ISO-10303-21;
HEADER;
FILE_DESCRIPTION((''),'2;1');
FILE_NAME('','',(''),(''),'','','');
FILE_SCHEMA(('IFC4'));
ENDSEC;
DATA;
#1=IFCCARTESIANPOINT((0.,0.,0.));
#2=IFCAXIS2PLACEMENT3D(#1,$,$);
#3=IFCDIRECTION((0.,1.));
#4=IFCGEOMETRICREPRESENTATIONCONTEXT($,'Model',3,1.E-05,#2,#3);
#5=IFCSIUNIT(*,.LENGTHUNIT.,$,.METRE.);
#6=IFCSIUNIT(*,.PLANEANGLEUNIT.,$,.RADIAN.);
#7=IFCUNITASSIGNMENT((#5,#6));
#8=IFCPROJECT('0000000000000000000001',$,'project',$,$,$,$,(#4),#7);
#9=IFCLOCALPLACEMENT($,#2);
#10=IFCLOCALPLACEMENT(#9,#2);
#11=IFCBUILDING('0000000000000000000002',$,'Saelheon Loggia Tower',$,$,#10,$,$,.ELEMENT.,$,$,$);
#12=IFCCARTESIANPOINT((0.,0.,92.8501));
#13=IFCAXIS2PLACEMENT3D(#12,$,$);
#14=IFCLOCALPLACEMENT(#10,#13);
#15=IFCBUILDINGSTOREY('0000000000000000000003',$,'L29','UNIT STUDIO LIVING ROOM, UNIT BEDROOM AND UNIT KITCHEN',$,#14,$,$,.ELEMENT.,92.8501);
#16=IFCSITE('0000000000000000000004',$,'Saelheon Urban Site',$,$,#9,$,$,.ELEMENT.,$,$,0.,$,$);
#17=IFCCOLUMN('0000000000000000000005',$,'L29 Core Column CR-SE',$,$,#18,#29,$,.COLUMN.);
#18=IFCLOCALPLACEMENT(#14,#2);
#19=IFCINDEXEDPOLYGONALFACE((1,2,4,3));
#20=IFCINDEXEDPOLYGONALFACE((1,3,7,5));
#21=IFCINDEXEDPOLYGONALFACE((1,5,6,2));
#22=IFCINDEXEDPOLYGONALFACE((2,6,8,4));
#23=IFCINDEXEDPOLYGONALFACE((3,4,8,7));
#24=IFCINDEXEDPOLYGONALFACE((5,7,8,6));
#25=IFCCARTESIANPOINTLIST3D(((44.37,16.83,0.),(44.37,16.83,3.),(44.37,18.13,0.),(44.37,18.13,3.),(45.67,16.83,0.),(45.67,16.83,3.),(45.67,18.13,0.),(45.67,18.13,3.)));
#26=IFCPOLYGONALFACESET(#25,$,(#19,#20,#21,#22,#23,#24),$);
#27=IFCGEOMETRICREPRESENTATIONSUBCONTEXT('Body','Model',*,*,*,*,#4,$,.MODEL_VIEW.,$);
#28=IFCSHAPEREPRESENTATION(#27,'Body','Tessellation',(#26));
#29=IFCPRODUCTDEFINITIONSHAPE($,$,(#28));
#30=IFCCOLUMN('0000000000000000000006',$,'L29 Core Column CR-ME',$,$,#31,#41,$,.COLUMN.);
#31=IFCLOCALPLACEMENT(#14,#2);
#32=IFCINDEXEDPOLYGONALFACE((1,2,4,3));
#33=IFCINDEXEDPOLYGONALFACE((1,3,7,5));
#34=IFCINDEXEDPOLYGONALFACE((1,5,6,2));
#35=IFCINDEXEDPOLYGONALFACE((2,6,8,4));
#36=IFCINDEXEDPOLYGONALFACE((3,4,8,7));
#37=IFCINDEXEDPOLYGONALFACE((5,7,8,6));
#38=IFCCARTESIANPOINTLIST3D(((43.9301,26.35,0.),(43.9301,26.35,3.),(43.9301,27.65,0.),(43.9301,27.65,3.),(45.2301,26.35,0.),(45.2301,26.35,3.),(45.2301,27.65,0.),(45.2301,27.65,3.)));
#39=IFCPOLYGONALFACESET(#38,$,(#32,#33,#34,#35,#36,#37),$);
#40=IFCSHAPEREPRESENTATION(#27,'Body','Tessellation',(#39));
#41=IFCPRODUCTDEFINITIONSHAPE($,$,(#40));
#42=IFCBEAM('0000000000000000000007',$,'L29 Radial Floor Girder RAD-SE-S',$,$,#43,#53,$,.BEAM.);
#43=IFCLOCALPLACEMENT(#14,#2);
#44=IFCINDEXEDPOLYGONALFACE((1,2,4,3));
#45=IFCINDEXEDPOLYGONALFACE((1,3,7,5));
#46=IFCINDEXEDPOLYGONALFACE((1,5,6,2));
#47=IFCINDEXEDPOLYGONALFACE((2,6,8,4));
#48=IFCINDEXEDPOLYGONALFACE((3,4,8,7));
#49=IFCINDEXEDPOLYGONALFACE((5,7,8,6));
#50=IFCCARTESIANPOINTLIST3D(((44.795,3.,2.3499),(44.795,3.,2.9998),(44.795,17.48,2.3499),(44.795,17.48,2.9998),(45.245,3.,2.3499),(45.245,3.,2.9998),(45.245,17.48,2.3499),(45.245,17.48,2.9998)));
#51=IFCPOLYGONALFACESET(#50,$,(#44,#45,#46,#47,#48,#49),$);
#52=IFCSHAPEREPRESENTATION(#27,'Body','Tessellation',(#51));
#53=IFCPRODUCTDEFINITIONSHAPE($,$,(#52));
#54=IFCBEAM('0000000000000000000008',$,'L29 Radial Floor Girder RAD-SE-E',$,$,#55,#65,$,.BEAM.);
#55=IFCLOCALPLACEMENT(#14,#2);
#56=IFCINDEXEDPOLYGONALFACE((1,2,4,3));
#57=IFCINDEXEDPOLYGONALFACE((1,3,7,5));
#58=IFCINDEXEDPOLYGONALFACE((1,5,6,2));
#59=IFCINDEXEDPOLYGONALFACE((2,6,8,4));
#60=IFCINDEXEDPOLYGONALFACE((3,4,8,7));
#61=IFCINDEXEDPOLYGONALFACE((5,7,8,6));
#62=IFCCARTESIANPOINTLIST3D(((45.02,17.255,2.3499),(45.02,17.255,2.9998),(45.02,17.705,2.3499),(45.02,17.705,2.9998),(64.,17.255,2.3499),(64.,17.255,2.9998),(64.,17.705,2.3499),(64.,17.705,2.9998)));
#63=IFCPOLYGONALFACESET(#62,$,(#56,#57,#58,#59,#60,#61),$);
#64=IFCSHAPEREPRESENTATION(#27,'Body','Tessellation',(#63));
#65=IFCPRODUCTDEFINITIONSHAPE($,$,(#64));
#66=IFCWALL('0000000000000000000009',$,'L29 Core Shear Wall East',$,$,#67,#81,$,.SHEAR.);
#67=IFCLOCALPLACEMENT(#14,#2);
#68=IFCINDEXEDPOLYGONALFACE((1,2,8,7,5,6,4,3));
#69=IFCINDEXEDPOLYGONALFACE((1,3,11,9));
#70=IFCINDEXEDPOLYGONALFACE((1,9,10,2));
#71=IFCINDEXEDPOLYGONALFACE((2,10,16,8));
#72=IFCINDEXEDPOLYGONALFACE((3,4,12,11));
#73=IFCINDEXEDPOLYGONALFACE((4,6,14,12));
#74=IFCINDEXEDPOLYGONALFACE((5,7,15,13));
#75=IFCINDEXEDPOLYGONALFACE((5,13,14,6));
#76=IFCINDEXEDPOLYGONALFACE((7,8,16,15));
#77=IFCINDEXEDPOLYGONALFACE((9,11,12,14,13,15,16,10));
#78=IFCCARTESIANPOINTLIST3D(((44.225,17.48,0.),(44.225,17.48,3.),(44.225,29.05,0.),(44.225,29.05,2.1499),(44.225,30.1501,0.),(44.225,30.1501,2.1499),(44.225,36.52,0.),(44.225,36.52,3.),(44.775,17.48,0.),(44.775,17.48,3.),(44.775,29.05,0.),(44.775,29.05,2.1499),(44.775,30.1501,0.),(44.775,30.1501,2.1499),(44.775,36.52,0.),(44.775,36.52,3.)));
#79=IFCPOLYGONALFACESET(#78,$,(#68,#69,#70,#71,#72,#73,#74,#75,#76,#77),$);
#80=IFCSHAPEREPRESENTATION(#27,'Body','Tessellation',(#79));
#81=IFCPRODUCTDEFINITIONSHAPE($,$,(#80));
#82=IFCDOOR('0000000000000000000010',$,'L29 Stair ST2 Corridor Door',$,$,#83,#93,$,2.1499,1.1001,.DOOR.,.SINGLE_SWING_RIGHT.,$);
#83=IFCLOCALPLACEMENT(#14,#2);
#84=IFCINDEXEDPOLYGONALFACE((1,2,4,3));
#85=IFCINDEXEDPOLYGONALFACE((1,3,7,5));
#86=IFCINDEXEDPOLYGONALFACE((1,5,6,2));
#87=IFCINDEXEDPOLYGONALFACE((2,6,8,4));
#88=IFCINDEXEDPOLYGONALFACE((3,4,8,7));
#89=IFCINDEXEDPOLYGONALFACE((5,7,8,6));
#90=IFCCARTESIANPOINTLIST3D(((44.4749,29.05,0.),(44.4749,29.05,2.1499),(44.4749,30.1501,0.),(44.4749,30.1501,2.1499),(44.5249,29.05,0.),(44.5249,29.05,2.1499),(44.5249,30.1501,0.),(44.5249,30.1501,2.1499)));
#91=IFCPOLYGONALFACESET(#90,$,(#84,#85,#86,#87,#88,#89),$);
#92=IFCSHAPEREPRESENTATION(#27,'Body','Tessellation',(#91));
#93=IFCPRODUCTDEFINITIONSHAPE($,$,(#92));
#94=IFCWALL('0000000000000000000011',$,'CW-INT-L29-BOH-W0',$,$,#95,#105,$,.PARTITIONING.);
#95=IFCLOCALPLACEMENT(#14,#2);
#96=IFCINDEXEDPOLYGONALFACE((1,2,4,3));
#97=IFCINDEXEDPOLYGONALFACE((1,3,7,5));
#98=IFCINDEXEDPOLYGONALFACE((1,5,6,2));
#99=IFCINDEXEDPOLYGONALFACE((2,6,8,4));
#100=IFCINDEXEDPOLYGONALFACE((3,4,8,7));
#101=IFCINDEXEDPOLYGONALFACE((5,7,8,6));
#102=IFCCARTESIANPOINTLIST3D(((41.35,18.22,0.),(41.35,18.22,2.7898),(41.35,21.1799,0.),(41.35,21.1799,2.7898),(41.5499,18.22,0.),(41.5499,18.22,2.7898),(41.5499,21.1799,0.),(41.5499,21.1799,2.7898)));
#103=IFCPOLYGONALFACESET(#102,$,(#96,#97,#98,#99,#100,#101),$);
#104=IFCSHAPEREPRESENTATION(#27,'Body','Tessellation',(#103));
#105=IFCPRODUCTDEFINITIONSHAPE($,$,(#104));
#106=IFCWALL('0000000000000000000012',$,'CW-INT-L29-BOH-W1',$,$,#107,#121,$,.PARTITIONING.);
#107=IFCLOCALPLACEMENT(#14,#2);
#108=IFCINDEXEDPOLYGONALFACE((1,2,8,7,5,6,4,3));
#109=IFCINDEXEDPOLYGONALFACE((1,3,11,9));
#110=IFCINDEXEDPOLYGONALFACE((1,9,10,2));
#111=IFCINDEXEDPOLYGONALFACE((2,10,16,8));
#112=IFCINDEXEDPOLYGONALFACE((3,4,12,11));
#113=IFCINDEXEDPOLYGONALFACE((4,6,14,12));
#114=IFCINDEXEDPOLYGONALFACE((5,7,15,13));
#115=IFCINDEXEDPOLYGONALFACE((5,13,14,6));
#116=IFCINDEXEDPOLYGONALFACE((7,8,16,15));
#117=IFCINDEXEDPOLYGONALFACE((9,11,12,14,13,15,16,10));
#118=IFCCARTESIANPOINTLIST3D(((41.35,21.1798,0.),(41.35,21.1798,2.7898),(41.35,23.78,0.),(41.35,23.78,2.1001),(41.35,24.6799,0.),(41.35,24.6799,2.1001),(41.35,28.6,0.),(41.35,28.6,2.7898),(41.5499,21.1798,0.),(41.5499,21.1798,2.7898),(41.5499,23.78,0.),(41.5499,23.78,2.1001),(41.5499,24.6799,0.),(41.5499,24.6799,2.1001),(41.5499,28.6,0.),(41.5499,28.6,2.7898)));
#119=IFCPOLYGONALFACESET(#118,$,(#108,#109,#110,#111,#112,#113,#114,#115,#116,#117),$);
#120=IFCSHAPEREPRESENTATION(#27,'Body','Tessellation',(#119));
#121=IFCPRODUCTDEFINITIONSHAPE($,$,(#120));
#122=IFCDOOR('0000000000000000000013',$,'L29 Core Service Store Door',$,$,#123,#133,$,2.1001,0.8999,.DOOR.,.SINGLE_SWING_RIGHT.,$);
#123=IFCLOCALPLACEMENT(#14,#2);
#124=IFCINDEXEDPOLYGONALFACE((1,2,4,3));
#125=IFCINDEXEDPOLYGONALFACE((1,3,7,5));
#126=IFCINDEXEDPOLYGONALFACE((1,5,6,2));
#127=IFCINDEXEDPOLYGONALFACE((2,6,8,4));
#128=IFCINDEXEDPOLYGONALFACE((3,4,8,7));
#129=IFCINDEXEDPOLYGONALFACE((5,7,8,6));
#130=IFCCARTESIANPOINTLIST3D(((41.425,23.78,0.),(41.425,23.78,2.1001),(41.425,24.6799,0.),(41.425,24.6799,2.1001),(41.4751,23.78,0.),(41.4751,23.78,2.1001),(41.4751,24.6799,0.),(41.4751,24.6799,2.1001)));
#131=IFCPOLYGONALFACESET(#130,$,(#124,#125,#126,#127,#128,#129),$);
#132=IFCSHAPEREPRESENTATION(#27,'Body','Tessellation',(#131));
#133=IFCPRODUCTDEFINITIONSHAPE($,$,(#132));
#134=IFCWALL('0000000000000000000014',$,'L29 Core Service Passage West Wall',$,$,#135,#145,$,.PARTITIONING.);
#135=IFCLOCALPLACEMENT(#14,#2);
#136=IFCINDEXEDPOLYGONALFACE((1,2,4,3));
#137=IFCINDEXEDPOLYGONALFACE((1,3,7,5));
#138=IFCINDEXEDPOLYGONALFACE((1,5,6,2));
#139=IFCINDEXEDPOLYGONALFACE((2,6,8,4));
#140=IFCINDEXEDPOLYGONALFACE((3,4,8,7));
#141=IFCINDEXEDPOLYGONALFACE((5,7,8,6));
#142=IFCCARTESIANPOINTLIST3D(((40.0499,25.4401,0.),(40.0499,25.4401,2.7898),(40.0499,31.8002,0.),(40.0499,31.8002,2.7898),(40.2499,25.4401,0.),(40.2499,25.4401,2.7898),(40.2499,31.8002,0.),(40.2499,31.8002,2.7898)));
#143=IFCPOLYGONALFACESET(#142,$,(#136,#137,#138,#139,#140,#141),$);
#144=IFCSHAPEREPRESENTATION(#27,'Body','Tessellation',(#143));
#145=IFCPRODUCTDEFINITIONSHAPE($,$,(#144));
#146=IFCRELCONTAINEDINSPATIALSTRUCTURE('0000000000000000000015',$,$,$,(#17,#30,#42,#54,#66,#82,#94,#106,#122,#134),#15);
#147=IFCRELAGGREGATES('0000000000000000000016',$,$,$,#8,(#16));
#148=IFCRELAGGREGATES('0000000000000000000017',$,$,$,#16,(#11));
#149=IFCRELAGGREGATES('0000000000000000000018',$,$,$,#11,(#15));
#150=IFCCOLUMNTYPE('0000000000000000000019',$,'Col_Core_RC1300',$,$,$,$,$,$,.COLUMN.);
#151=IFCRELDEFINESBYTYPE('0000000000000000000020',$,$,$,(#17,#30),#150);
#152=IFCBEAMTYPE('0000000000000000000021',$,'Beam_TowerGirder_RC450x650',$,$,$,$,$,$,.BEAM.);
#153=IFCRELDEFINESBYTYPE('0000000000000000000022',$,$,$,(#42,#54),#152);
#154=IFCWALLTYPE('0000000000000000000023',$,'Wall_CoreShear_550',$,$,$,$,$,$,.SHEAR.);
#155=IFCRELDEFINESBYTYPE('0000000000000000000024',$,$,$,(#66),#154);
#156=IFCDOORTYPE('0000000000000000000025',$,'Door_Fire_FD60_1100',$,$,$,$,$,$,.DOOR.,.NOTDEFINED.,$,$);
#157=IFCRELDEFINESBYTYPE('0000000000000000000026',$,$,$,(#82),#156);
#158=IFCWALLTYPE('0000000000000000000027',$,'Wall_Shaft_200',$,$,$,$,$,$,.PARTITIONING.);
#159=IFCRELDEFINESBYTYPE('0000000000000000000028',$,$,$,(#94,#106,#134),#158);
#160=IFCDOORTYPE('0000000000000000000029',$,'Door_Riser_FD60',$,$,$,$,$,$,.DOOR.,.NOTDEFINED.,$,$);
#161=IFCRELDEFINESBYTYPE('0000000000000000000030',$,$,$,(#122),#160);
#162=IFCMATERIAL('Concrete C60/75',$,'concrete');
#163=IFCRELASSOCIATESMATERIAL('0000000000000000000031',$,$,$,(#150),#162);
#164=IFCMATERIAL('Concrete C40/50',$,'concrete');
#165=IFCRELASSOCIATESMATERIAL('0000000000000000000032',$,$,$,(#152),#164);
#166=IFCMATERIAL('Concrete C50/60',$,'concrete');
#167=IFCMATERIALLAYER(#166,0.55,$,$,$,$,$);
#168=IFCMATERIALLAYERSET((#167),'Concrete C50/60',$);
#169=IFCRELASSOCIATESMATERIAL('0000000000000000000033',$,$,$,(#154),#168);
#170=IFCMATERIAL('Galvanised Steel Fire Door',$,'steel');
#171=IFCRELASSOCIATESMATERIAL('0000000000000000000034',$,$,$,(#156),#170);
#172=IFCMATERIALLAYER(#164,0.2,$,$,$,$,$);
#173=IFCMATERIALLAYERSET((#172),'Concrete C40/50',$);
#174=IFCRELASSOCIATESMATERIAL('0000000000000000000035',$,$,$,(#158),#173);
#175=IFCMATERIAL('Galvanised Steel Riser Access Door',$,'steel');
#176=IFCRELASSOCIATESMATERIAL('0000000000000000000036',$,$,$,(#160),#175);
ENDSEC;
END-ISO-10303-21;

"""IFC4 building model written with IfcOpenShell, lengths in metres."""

from ifc_helpers import new_model, si_unit, direction, frame, frame_2d, origin, origin_2d, place, context, subcontext, project, spatial, rectangle, extrude, source, transform, mapped, material, layer, layer_set, material_profile, profile_set, type_object, element, fill, save


model = new_model("IFC4")

# Units and contexts
model_context = context("Model", 3, precision=1e-05, world=origin(), true_north=direction((0.0, 1.0)))
body_context = subcontext(model_context, "Body", "Model", "MODEL_VIEW")
ifc_project = project(units=[si_unit("LENGTHUNIT", "METRE"), si_unit("PLANEANGLEUNIT", "RADIAN")], contexts=[model_context])

# Site, building, storey
site_placement = place(None, origin())
site = spatial("IfcSite", under=ifc_project, at=site_placement, Name="Saelheon Urban Site", CompositionType="ELEMENT", RefElevation=0.0)
building_placement = place(site_placement, origin())
building = spatial("IfcBuilding", under=site, at=building_placement, Name="Saelheon Loggia Tower", CompositionType="ELEMENT")
storey_placement = place(building_placement, frame((0.0, 0.0, 92.8501)))
storey = spatial("IfcBuildingStorey", under=building, at=storey_placement, Name="L29", Description="UNIT STUDIO LIVING ROOM, UNIT BEDROOM AND UNIT KITCHEN", CompositionType="ELEMENT", Elevation=92.8501)

# Columns
ifc_material_1 = material(Name="Concrete C60/75", Category="concrete")
ifc_material_profile_1 = material_profile(ifc_material_1, rectangle(XDim=1.3, YDim=1.3, at=origin_2d()), Name="RC-1300x1300")
ifc_profile_set_1 = profile_set([ifc_material_profile_1], Name="Concrete C60/75")
column_type = type_object("IfcColumnType", Name="Col_Core_RC1300", PredefinedType="COLUMN", material=ifc_profile_set_1)
shared_shape_1 = source(origin(), body_context, "Body", "SweptSolid", [
    extrude(rectangle(XDim=1.3, YDim=1.3, at=origin_2d()), origin(), (0.0, 0.0, 1.0), 3.0),
])
for number, where, z_axis, x_axis, name in (
    (1, (45.02, 17.48, 0.0), (0.0, 0.0, 1.0), (1.0, 0.0, 0.0), "L29 Core Column CR-SE"),
    (2, (44.5801, 27.0, 0.0), (0.0, 0.0, 1.0), (1.0, 0.0, 0.0), "L29 Core Column CR-ME"),
):
    element("IfcColumn", number, at=place(storey_placement, frame(where, z_axis=z_axis, x_axis=x_axis)), inside=storey, type_object=column_type, Name=name, PredefinedType="COLUMN", context=body_context, shape_type="MappedRepresentation", body=[
        mapped(shared_shape_1, transform((0.0, 0.0, 0.0), scale=1.0)),
    ])

# Beams
ifc_material_2 = material(Name="Concrete C40/50", Category="concrete")
ifc_material_profile_2 = material_profile(ifc_material_2, rectangle(XDim=0.45, YDim=0.6499, at=origin_2d()), Name="RC-450x650")
ifc_profile_set_2 = profile_set([ifc_material_profile_2], Name="Concrete C40/50")
beam_type = type_object("IfcBeamType", Name="Beam_TowerGirder_RC450x650", PredefinedType="BEAM", material=ifc_profile_set_2)
shared_shape_2 = source(origin(), body_context, "Body", "SweptSolid", [
    extrude(rectangle(XDim=0.45, YDim=0.6499, at=origin_2d()), origin(), (0.0, 0.0, 1.0), 14.48),
])
beam_1_placement = place(storey_placement, frame((45.02, 17.48, 2.6748), z_axis=(0.0, -1.0, 0.0), x_axis=(1.0, 0.0, 0.0)))
element("IfcBeam", 3, at=beam_1_placement, inside=storey, type_object=beam_type, Name="L29 Radial Floor Girder RAD-SE-S", PredefinedType="BEAM", context=body_context, shape_type="MappedRepresentation", body=[
    mapped(shared_shape_2, transform((0.0, 0.0, 0.0), scale=1.0)),
])
shared_shape_3 = source(origin(), body_context, "Body", "SweptSolid", [
    extrude(rectangle(XDim=0.45, YDim=0.6499, at=origin_2d()), origin(), (0.0, 0.0, 1.0), 18.98),
])
beam_2_placement = place(storey_placement, frame((45.02, 17.48, 2.6748), z_axis=(1.0, 0.0, 0.0), x_axis=(0.0, 1.0, 0.0)))
element("IfcBeam", 4, at=beam_2_placement, inside=storey, type_object=beam_type, Name="L29 Radial Floor Girder RAD-SE-E", PredefinedType="BEAM", context=body_context, shape_type="MappedRepresentation", body=[
    mapped(shared_shape_3, transform((0.0, 0.0, 0.0), scale=1.0)),
])

# Wall, opening, door
ifc_material_3 = material(Name="Concrete C50/60", Category="concrete")
ifc_layer_1 = layer(ifc_material_3, 0.55)
ifc_layer_set_1 = layer_set([ifc_layer_1], Name="Concrete C50/60")
wall_type_1 = type_object("IfcWallType", Name="Wall_CoreShear_550", PredefinedType="SHEAR", material=ifc_layer_set_1)
wall_1_placement = place(storey_placement, frame((44.5, 17.48, 0.0), z_axis=(0.0, 0.0, 1.0), x_axis=(0.0, 1.0, 0.0)))
wall_1 = element("IfcWall", 5, at=wall_1_placement, inside=storey, type_object=wall_type_1, Name="L29 Core Shear Wall East", PredefinedType="SHEAR", context=body_context, shape_type="SweptSolid", body=[
    extrude(rectangle(XDim=19.04, YDim=0.55, at=frame_2d((9.52, 0.0))), origin(), (0.0, 0.0, 1.0), 3.0),
])
opening_1_placement = place(wall_1_placement, frame((12.6702, 0.0, 0.0), z_axis=(0.0, 0.0, 1.0), x_axis=(-1.0, 0.0, 0.0)))
opening_1 = element("IfcOpeningElement", 6, at=opening_1_placement, cuts=wall_1, PredefinedType="OPENING", context=body_context, shape_type="SweptSolid", body=[
    extrude(rectangle(XDim=1.1001, YDim=2.1499, at=frame_2d((0.55, 1.075))), frame((0.0, 0.2871, 0.0), z_axis=(0.0, -1.0, 0.0), x_axis=(1.0, 0.0, 0.0)), (0.0, 0.0, 1.0), 0.574),
])
ifc_material_4 = material(Name="Galvanised Steel Fire Door", Category="steel")
door_type_1 = type_object("IfcDoorType", Name="Door_Fire_FD60_1100", OperationType="NOTDEFINED", PredefinedType="DOOR", material=ifc_material_4)
shared_shape_4 = source(origin(), body_context, "Body", "SweptSolid", [
    extrude(rectangle(XDim=1.1001, YDim=2.1499, at=frame_2d((0.55, 1.075))), frame((0.0, 0.0249, 0.0), z_axis=(0.0, -1.0, 0.0), x_axis=(1.0, 0.0, 0.0)), (0.0, 0.0, 1.0), 0.05),
])
door_1_placement = place(opening_1_placement, origin())
door_1 = element("IfcDoor", 7, at=door_1_placement, inside=storey, type_object=door_type_1, Name="L29 Stair ST2 Corridor Door", OperationType="SINGLE_SWING_RIGHT", OverallHeight=2.1499, OverallWidth=1.1001, PredefinedType="DOOR", context=body_context, shape_type="MappedRepresentation", body=[
    mapped(shared_shape_4, transform((0.0, 0.0, 0.0), scale=1.0)),
])
fill(opening_1, door_1)

# Wall
ifc_layer_2 = layer(ifc_material_2, 0.2)
ifc_layer_set_2 = layer_set([ifc_layer_2], Name="Concrete C40/50")
wall_type_2 = type_object("IfcWallType", Name="Wall_Shaft_200", PredefinedType="PARTITIONING", material=ifc_layer_set_2)
wall_2_placement = place(storey_placement, frame((41.45, 18.22, 0.0), z_axis=(0.0, 0.0, 1.0), x_axis=(0.0, 1.0, 0.0)))
element("IfcWall", 8, at=wall_2_placement, inside=storey, type_object=wall_type_2, Name="CW-INT-L29-BOH-W0", PredefinedType="PARTITIONING", context=body_context, shape_type="SweptSolid", body=[
    extrude(rectangle(XDim=2.96, YDim=0.2, at=frame_2d((1.48, 0.0))), origin(), (0.0, 0.0, 1.0), 2.7898),
])

# Wall, opening, door
wall_3_placement = place(storey_placement, frame((41.45, 21.1799, 0.0), z_axis=(0.0, 0.0, 1.0), x_axis=(0.0, 1.0, 0.0)))
wall_3 = element("IfcWall", 9, at=wall_3_placement, inside=storey, type_object=wall_type_2, Name="CW-INT-L29-BOH-W1", PredefinedType="PARTITIONING", context=body_context, shape_type="SweptSolid", body=[
    extrude(rectangle(XDim=7.4202, YDim=0.2, at=frame_2d((3.71, 0.0))), origin(), (0.0, 0.0, 1.0), 2.7898),
])
opening_2_placement = place(wall_3_placement, frame((2.6001, 0.0, 0.0)))
opening_2 = element("IfcOpeningElement", 10, at=opening_2_placement, cuts=wall_3, PredefinedType="OPENING", context=body_context, shape_type="SweptSolid", body=[
    extrude(rectangle(XDim=0.8999, YDim=2.1001, at=frame_2d((0.45, 1.05))), frame((0.0, 0.1121, 0.0), z_axis=(0.0, -1.0, 0.0), x_axis=(1.0, 0.0, 0.0)), (0.0, 0.0, 1.0), 0.2239),
])
ifc_material_5 = material(Name="Galvanised Steel Riser Access Door", Category="steel")
door_type_2 = type_object("IfcDoorType", Name="Door_Riser_FD60", OperationType="NOTDEFINED", PredefinedType="DOOR", material=ifc_material_5)
shared_shape_5 = source(origin(), body_context, "Body", "SweptSolid", [
    extrude(rectangle(XDim=0.8999, YDim=2.1001, at=frame_2d((0.45, 1.05))), frame((0.0, 0.0249, 0.0), z_axis=(0.0, -1.0, 0.0), x_axis=(1.0, 0.0, 0.0)), (0.0, 0.0, 1.0), 0.05),
])
door_2_placement = place(opening_2_placement, origin())
door_2 = element("IfcDoor", 11, at=door_2_placement, inside=storey, type_object=door_type_2, Name="L29 Core Service Store Door", OperationType="SINGLE_SWING_RIGHT", OverallHeight=2.1001, OverallWidth=0.8999, PredefinedType="DOOR", context=body_context, shape_type="MappedRepresentation", body=[
    mapped(shared_shape_5, transform((0.0, 0.0, 0.0), scale=1.0)),
])
fill(opening_2, door_2)

# Wall
wall_4_placement = place(storey_placement, frame((40.1499, 25.4399, 0.0), z_axis=(0.0, 0.0, 1.0), x_axis=(0.0, 1.0, 0.0)))
element("IfcWall", 12, at=wall_4_placement, inside=storey, type_object=wall_type_2, Name="L29 Core Service Passage West Wall", PredefinedType="PARTITIONING", context=body_context, shape_type="SweptSolid", body=[
    extrude(rectangle(XDim=6.3601, YDim=0.2, at=frame_2d((3.1802, 0.0))), origin(), (0.0, 0.0, 1.0), 2.7898),
])

save(model, "model.ifc")
